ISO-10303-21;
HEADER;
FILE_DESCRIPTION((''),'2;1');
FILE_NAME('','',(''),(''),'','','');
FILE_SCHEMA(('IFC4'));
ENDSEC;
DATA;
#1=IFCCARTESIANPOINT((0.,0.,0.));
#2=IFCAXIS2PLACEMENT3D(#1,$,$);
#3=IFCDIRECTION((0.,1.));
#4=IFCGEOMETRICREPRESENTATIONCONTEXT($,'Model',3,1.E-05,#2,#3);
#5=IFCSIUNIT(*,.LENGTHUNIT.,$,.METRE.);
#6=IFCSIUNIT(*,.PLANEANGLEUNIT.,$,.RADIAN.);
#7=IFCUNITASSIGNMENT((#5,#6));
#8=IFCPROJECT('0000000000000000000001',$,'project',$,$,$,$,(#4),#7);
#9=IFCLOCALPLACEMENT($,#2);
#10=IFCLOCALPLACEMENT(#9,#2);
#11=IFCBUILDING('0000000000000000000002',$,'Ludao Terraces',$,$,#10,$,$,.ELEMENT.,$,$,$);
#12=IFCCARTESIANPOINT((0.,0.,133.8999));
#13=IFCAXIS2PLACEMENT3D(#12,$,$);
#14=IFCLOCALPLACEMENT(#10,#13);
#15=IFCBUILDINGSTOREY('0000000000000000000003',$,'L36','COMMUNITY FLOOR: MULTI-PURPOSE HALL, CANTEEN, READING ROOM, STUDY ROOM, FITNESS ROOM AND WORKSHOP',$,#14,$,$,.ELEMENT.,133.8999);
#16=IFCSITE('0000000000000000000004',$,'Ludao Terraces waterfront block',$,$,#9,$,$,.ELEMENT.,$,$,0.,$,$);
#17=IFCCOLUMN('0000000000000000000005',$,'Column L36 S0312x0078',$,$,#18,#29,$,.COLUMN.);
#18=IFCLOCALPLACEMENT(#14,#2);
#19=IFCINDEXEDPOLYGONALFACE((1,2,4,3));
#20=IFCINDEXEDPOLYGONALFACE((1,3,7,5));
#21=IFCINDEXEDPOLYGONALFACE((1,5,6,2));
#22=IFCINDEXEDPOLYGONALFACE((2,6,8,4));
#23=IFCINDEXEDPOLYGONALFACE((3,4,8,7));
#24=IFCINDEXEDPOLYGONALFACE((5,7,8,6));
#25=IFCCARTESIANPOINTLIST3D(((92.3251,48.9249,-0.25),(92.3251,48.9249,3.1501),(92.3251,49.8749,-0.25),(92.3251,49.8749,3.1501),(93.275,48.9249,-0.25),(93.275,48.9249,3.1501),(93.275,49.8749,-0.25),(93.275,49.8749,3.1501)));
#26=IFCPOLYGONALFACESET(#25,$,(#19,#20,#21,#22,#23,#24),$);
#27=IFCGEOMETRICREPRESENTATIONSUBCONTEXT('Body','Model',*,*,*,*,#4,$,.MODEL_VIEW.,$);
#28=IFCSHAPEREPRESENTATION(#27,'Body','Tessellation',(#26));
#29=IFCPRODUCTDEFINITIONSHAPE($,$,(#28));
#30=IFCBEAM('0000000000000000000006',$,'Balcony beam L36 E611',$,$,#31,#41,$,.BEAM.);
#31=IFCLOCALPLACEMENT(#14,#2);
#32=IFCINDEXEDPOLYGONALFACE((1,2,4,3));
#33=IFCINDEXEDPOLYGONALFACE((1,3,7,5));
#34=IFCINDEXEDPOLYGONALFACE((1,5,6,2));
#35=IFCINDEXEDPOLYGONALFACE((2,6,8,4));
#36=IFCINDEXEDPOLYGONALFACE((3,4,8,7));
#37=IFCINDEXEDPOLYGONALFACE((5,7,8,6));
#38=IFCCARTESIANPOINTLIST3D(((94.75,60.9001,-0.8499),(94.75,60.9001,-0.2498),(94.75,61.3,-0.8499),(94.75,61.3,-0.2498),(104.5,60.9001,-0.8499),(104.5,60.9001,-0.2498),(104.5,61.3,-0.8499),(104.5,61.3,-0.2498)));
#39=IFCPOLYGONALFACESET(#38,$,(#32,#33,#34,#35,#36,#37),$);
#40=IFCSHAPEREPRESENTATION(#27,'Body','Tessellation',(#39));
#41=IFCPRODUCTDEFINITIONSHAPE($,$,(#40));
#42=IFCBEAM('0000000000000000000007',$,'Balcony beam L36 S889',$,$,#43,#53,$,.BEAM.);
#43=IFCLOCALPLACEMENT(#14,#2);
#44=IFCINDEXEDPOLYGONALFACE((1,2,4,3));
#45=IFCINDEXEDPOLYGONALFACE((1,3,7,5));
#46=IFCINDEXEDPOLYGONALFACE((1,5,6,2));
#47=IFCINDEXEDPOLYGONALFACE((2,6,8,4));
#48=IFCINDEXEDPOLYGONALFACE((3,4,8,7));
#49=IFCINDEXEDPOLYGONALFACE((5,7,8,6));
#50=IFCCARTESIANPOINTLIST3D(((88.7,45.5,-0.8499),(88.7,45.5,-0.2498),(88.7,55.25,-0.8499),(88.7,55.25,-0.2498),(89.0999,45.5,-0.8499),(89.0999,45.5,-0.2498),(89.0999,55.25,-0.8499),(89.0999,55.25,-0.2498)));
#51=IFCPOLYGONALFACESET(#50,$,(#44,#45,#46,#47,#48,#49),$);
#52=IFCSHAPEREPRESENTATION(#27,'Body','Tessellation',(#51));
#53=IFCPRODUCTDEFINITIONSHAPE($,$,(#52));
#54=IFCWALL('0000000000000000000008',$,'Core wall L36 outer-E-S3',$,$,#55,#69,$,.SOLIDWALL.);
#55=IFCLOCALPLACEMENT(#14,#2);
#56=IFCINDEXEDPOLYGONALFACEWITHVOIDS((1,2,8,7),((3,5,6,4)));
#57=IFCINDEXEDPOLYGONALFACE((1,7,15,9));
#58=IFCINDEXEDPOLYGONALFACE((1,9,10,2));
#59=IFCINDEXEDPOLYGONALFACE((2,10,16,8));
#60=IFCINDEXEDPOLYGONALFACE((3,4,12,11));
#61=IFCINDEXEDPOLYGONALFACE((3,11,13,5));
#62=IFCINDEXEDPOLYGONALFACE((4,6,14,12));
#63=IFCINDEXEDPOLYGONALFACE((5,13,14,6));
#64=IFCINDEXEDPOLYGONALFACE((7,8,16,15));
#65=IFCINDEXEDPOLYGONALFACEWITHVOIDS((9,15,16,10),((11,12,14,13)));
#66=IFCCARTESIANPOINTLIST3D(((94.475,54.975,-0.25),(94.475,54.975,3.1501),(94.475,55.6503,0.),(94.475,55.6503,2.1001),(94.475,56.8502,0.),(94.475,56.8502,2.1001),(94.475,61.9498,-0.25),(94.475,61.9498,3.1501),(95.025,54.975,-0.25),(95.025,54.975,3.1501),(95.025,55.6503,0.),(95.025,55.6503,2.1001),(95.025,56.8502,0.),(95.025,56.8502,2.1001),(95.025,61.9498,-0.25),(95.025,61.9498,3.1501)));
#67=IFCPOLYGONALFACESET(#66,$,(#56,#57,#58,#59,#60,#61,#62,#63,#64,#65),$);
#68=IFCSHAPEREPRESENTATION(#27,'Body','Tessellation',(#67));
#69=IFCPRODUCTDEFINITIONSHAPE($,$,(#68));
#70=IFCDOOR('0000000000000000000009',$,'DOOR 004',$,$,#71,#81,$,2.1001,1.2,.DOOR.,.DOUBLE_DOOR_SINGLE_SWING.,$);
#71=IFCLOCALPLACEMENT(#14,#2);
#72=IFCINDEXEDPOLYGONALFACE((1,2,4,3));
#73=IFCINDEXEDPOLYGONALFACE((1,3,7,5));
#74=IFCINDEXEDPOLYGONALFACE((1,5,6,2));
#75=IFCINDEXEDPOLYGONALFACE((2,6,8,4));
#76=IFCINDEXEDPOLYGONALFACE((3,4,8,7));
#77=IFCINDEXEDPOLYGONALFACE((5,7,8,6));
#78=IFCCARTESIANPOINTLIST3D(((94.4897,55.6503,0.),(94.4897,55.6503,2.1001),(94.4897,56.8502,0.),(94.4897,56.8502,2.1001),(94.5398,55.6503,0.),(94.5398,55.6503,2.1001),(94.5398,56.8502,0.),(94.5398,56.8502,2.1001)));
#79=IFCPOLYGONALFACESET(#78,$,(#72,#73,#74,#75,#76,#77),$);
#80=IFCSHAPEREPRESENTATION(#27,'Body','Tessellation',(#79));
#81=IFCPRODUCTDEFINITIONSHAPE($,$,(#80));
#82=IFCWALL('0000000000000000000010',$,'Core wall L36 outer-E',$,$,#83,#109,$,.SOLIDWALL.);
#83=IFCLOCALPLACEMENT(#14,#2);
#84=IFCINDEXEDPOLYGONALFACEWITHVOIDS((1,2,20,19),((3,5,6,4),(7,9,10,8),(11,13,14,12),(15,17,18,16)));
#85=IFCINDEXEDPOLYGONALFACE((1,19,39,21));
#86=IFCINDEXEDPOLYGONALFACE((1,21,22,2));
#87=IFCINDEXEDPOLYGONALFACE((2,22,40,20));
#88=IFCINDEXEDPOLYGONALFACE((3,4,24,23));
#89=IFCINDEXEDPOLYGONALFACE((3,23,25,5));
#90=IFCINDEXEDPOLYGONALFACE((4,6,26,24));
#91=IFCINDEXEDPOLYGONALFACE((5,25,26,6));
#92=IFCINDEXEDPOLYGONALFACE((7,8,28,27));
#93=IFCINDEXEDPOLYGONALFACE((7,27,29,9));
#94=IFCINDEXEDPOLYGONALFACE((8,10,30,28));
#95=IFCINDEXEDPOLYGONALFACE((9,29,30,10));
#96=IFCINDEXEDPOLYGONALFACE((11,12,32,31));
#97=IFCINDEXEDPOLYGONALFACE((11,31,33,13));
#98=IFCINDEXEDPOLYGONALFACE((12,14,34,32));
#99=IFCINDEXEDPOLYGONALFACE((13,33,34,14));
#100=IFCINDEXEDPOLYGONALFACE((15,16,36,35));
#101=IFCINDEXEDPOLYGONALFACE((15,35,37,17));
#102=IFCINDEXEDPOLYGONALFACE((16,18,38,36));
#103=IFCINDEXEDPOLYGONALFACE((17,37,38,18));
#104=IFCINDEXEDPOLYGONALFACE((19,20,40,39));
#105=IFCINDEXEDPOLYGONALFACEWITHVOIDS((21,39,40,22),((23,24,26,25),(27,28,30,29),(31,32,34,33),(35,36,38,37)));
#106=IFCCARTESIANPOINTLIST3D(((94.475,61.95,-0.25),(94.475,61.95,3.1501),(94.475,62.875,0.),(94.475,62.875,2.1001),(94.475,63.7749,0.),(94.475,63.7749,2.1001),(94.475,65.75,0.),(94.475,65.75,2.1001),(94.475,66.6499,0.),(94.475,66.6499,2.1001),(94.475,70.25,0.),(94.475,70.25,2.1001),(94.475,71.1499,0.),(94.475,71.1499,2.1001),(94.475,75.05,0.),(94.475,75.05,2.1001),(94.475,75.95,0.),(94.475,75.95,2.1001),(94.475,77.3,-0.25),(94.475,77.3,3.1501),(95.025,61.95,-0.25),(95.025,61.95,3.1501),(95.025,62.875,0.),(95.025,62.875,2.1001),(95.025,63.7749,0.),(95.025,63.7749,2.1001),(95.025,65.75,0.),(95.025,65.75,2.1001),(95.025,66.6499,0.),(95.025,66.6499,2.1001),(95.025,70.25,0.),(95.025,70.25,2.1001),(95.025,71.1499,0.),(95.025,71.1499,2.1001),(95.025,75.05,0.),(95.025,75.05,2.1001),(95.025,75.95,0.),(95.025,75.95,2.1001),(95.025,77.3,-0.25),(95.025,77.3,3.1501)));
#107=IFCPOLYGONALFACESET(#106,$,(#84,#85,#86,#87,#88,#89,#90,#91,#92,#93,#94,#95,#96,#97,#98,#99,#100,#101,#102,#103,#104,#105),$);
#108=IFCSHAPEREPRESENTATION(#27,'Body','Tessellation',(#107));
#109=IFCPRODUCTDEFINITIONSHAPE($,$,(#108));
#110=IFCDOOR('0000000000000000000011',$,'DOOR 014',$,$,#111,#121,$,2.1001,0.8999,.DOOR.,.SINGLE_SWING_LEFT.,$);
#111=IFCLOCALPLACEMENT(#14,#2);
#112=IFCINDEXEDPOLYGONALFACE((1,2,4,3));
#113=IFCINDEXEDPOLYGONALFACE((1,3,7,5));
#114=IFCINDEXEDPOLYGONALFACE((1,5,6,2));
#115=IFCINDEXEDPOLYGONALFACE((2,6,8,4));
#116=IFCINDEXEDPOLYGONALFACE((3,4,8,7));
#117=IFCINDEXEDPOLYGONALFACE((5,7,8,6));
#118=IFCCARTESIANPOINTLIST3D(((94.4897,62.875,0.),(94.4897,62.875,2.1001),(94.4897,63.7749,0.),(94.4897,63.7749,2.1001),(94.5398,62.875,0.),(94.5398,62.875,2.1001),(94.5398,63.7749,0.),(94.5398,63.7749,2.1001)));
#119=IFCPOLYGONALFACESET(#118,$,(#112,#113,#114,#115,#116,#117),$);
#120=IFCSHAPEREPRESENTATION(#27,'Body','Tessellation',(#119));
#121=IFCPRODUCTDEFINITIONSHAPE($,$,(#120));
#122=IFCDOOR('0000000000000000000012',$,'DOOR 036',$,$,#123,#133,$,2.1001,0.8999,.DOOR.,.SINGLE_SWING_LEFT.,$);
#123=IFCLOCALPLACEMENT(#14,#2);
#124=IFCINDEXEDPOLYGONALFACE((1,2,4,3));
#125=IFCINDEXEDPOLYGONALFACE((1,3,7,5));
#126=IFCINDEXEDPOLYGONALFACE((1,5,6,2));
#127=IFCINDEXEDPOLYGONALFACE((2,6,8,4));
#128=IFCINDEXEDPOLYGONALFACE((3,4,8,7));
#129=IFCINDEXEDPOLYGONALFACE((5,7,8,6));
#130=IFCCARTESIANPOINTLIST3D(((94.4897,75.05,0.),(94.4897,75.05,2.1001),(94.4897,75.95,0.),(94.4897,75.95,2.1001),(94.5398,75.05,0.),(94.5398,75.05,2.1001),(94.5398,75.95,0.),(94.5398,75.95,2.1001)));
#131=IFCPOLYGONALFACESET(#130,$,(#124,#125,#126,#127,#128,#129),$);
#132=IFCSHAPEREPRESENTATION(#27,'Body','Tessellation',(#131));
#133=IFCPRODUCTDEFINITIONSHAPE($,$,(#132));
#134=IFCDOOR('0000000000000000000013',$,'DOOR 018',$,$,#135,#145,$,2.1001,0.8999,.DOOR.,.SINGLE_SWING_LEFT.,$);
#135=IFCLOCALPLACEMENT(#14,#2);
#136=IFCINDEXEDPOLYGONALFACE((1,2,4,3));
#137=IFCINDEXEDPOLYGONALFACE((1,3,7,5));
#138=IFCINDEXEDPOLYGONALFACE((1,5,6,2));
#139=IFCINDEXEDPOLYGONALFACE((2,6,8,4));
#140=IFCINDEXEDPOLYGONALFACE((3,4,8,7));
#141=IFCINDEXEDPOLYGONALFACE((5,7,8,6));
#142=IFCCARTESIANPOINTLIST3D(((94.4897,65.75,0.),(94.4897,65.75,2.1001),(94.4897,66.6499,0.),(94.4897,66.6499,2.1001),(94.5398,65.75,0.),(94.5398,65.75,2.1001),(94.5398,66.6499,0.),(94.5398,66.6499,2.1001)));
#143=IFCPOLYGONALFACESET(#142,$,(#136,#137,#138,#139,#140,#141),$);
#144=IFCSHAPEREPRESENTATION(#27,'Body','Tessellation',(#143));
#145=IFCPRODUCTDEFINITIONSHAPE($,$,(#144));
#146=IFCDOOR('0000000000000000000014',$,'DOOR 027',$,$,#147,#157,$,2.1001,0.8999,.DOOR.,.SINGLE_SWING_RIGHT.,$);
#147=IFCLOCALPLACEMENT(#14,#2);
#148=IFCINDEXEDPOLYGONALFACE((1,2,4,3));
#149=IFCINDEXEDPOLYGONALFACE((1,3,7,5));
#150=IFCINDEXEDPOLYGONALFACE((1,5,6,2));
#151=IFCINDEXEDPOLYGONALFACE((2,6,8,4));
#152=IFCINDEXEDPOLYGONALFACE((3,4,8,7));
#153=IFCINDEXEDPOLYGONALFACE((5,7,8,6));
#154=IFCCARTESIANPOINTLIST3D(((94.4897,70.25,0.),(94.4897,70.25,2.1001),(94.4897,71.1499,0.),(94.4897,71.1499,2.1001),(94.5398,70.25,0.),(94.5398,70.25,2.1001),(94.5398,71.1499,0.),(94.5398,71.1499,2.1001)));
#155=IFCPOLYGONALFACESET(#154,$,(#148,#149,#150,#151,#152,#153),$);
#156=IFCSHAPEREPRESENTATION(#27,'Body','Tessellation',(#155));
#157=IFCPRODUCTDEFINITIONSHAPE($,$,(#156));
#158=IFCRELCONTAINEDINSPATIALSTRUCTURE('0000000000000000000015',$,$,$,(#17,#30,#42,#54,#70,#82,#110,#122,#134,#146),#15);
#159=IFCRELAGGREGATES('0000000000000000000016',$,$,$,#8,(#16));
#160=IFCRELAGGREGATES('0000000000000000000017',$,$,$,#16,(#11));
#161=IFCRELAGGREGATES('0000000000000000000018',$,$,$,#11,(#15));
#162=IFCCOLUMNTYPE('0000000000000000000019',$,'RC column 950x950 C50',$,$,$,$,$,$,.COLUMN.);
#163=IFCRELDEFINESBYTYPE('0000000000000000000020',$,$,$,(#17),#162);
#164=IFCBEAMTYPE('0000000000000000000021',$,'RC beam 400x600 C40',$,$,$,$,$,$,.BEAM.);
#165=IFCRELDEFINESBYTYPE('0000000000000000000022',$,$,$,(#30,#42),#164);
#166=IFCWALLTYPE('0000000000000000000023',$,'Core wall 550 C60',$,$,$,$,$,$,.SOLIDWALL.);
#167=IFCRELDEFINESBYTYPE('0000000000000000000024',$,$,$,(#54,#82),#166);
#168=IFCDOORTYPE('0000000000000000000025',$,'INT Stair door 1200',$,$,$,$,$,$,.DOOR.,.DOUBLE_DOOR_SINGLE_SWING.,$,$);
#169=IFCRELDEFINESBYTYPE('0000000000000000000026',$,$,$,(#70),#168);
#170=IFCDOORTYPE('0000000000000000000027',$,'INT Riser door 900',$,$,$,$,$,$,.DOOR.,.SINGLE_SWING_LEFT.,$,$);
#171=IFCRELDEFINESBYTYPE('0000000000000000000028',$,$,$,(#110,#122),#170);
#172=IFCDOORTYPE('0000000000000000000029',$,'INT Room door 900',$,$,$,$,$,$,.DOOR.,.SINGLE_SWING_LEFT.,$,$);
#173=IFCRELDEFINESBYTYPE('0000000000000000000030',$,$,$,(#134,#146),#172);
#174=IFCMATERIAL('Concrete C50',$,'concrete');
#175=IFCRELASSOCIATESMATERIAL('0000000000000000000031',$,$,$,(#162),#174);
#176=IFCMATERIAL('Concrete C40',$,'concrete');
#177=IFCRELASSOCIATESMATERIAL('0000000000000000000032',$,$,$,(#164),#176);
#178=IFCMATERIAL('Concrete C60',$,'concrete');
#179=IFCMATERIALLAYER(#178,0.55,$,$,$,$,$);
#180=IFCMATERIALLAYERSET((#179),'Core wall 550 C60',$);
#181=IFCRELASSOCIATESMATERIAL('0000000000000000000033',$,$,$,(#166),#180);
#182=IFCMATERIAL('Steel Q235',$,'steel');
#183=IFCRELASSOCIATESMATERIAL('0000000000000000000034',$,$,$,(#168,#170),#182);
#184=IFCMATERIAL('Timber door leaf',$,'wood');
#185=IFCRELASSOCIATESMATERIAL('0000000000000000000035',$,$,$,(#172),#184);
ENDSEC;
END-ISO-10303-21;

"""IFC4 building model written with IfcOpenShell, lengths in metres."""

from ifc_helpers import new_model, si_unit, direction, frame, frame_2d, origin, origin_2d, place, context, subcontext, project, spatial, rectangle, extrude, material, layer, layer_set, material_profile, profile_set, type_object, element, fill, save


model = new_model("IFC4")

# Units and contexts
model_context = context("Model", 3, precision=1e-05, world=origin(), true_north=direction((0.0, 1.0)))
body_context = subcontext(model_context, "Body", "Model", "MODEL_VIEW")
ifc_project = project(units=[si_unit("LENGTHUNIT", "METRE"), si_unit("PLANEANGLEUNIT", "RADIAN")], contexts=[model_context])

# Site, building, storey
site_placement = place(None, origin())
site = spatial("IfcSite", under=ifc_project, at=site_placement, Name="Ludao Terraces waterfront block", CompositionType="ELEMENT", RefElevation=0.0)
building_placement = place(site_placement, origin())
building = spatial("IfcBuilding", under=site, at=building_placement, Name="Ludao Terraces", CompositionType="ELEMENT")
storey_placement = place(building_placement, frame((0.0, 0.0, 133.8999)))
storey = spatial("IfcBuildingStorey", under=building, at=storey_placement, Name="L36", Description="COMMUNITY FLOOR: MULTI-PURPOSE HALL, CANTEEN, READING ROOM, STUDY ROOM, FITNESS ROOM AND WORKSHOP", CompositionType="ELEMENT", Elevation=133.8999)

# Column
ifc_material_1 = material(Name="Concrete C50", Category="concrete")
ifc_material_profile_1 = material_profile(ifc_material_1, rectangle(XDim=0.95, YDim=0.95, at=origin_2d()), Name="950 X 950")
ifc_profile_set_1 = profile_set([ifc_material_profile_1], Name="Concrete C50")
column_type = type_object("IfcColumnType", Name="RC column 950x950 C50", PredefinedType="COLUMN", material=ifc_profile_set_1)
column_placement = place(storey_placement, frame((92.8, 49.3999, -0.25), z_axis=(0.0, 0.0, 1.0), x_axis=(1.0, 0.0, 0.0)))
element("IfcColumn", 1, at=column_placement, inside=storey, type_object=column_type, Name="Column L36 S0312x0078", PredefinedType="COLUMN", context=body_context, shape_type="SweptSolid", body=[
    extrude(rectangle(XDim=0.95, YDim=0.95, at=origin_2d()), origin(), (0.0, 0.0, 1.0), 3.4001),
])

# Beams
ifc_material_2 = material(Name="Concrete C40", Category="concrete")
ifc_material_profile_2 = material_profile(ifc_material_2, rectangle(XDim=0.3999, YDim=0.6001, at=origin_2d()), Name="400 X 600")
ifc_profile_set_2 = profile_set([ifc_material_profile_2], Name="Concrete C40")
beam_type = type_object("IfcBeamType", Name="RC beam 400x600 C40", PredefinedType="BEAM", material=ifc_profile_set_2)
for number, where, z_axis, x_axis, name in (
    (2, (94.75, 61.1001, -0.5498), (1.0, 0.0, 0.0), (0.0, 1.0, 0.0), "Balcony beam L36 E611"),
    (3, (88.8999, 55.25, -0.5498), (0.0, -1.0, 0.0), (1.0, 0.0, 0.0), "Balcony beam L36 S889"),
):
    element("IfcBeam", number, at=place(storey_placement, frame(where, z_axis=z_axis, x_axis=x_axis)), inside=storey, type_object=beam_type, Name=name, PredefinedType="BEAM", context=body_context, shape_type="SweptSolid", body=[
        extrude(rectangle(XDim=0.3999, YDim=0.6001, at=origin_2d()), origin(), (0.0, 0.0, 1.0), 9.75),
    ])

# Wall, opening, door
ifc_material_3 = material(Name="Concrete C60", Category="concrete")
ifc_layer_1 = layer(ifc_material_3, 0.55)
ifc_layer_set_1 = layer_set([ifc_layer_1], Name="Core wall 550 C60")
wall_type_1 = type_object("IfcWallType", Name="Core wall 550 C60", PredefinedType="SOLIDWALL", material=ifc_layer_set_1)
wall_1_placement = place(storey_placement, frame((94.75, 54.9751, -0.25), z_axis=(0.0, 0.0, 1.0), x_axis=(0.0, 1.0, 0.0)))
wall_1 = element("IfcWall", 4, at=wall_1_placement, inside=storey, type_object=wall_type_1, Name="Core wall L36 outer-E-S3", PredefinedType="SOLIDWALL", context=body_context, shape_type="SweptSolid", body=[
    extrude(rectangle(XDim=6.9749, YDim=0.55, at=frame_2d((3.4873, 0.0))), origin(), (0.0, 0.0, 1.0), 3.4001),
])
opening_1_placement = place(wall_1_placement, frame((0.675, 0.0, 0.25)))
opening_1 = element("IfcOpeningElement", 5, at=opening_1_placement, cuts=wall_1, PredefinedType="OPENING", context=body_context, shape_type="SweptSolid", body=[
    extrude(rectangle(XDim=1.2, YDim=2.1001, at=frame_2d((0.6001, 1.05))), frame((0.0, 0.2852, 0.0), z_axis=(0.0, -1.0, 0.0), x_axis=(1.0, 0.0, 0.0)), (0.0, 0.0, 1.0), 0.5701),
])
ifc_material_4 = material(Name="Steel Q235", Category="steel")
door_type_1 = type_object("IfcDoorType", Name="INT Stair door 1200", OperationType="DOUBLE_DOOR_SINGLE_SWING", PredefinedType="DOOR", material=ifc_material_4)
door_1_placement = place(opening_1_placement, origin())
door_1 = element("IfcDoor", 6, at=door_1_placement, inside=storey, type_object=door_type_1, Name="DOOR 004", OperationType="DOUBLE_DOOR_SINGLE_SWING", OverallHeight=2.1001, OverallWidth=1.2, PredefinedType="DOOR", context=body_context, shape_type="SweptSolid", body=[
    extrude(rectangle(XDim=1.2, YDim=2.1001, at=frame_2d((0.6001, 1.05))), frame((0.0, 0.2603, 0.0), z_axis=(0.0, -1.0, 0.0), x_axis=(1.0, 0.0, 0.0)), (0.0, 0.0, 1.0), 0.05),
])
fill(opening_1, door_1)

# Wall, openings, doors
wall_2_placement = place(storey_placement, frame((94.75, 61.95, -0.25), z_axis=(0.0, 0.0, 1.0), x_axis=(0.0, 1.0, 0.0)))
wall_2 = element("IfcWall", 7, at=wall_2_placement, inside=storey, type_object=wall_type_1, Name="Core wall L36 outer-E", PredefinedType="SOLIDWALL", context=body_context, shape_type="SweptSolid", body=[
    extrude(rectangle(XDim=15.3501, YDim=0.55, at=frame_2d((7.675, 0.0))), origin(), (0.0, 0.0, 1.0), 3.4001),
])
opening_2_placement = place(wall_2_placement, frame((0.925, 0.0, 0.25)))
opening_2 = element("IfcOpeningElement", 8, at=opening_2_placement, cuts=wall_2, PredefinedType="OPENING", context=body_context, shape_type="SweptSolid", body=[
    extrude(rectangle(XDim=0.8999, YDim=2.1001, at=frame_2d((0.45, 1.05))), frame((0.0, 0.2852, 0.0), z_axis=(0.0, -1.0, 0.0), x_axis=(1.0, 0.0, 0.0)), (0.0, 0.0, 1.0), 0.5701),
])
opening_3_placement = place(wall_2_placement, frame((3.8, 0.0, 0.25)))
opening_3 = element("IfcOpeningElement", 9, at=opening_3_placement, cuts=wall_2, PredefinedType="OPENING", context=body_context, shape_type="SweptSolid", body=[
    extrude(rectangle(XDim=0.8999, YDim=2.1001, at=frame_2d((0.45, 1.05))), frame((0.0, 0.2852, 0.0), z_axis=(0.0, -1.0, 0.0), x_axis=(1.0, 0.0, 0.0)), (0.0, 0.0, 1.0), 0.5701),
])
opening_4_placement = place(wall_2_placement, frame((8.3, 0.0, 0.25)))
opening_4 = element("IfcOpeningElement", 10, at=opening_4_placement, cuts=wall_2, PredefinedType="OPENING", context=body_context, shape_type="SweptSolid", body=[
    extrude(rectangle(XDim=0.8999, YDim=2.1001, at=frame_2d((0.45, 1.05))), frame((0.0, 0.2852, 0.0), z_axis=(0.0, -1.0, 0.0), x_axis=(1.0, 0.0, 0.0)), (0.0, 0.0, 1.0), 0.5701),
])
opening_5_placement = place(wall_2_placement, frame((13.1001, 0.0, 0.25)))
opening_5 = element("IfcOpeningElement", 11, at=opening_5_placement, cuts=wall_2, PredefinedType="OPENING", context=body_context, shape_type="SweptSolid", body=[
    extrude(rectangle(XDim=0.8999, YDim=2.1001, at=frame_2d((0.45, 1.05))), frame((0.0, 0.2852, 0.0), z_axis=(0.0, -1.0, 0.0), x_axis=(1.0, 0.0, 0.0)), (0.0, 0.0, 1.0), 0.5701),
])
door_type_2 = type_object("IfcDoorType", Name="INT Riser door 900", OperationType="SINGLE_SWING_LEFT", PredefinedType="DOOR", material=ifc_material_4)
door_2_placement = place(opening_2_placement, origin())
door_2 = element("IfcDoor", 12, at=door_2_placement, inside=storey, type_object=door_type_2, Name="DOOR 014", OperationType="SINGLE_SWING_LEFT", OverallHeight=2.1001, OverallWidth=0.8999, PredefinedType="DOOR", context=body_context, shape_type="SweptSolid", body=[
    extrude(rectangle(XDim=0.8999, YDim=2.1001, at=frame_2d((0.45, 1.05))), frame((0.0, 0.2603, 0.0), z_axis=(0.0, -1.0, 0.0), x_axis=(1.0, 0.0, 0.0)), (0.0, 0.0, 1.0), 0.05),
])
fill(opening_2, door_2)
door_3_placement = place(opening_5_placement, origin())
door_3 = element("IfcDoor", 13, at=door_3_placement, inside=storey, type_object=door_type_2, Name="DOOR 036", OperationType="SINGLE_SWING_LEFT", OverallHeight=2.1001, OverallWidth=0.8999, PredefinedType="DOOR", context=body_context, shape_type="SweptSolid", body=[
    extrude(rectangle(XDim=0.8999, YDim=2.1001, at=frame_2d((0.45, 1.05))), frame((0.0, 0.2603, 0.0), z_axis=(0.0, -1.0, 0.0), x_axis=(1.0, 0.0, 0.0)), (0.0, 0.0, 1.0), 0.05),
])
fill(opening_5, door_3)
ifc_material_5 = material(Name="Timber door leaf", Category="wood")
door_type_3 = type_object("IfcDoorType", Name="INT Room door 900", OperationType="SINGLE_SWING_LEFT", PredefinedType="DOOR", material=ifc_material_5)
door_4_placement = place(opening_3_placement, origin())
door_4 = element("IfcDoor", 14, at=door_4_placement, inside=storey, type_object=door_type_3, Name="DOOR 018", OperationType="SINGLE_SWING_LEFT", OverallHeight=2.1001, OverallWidth=0.8999, PredefinedType="DOOR", context=body_context, shape_type="SweptSolid", body=[
    extrude(rectangle(XDim=0.8999, YDim=2.1001, at=frame_2d((0.45, 1.05))), frame((0.0, 0.2603, 0.0), z_axis=(0.0, -1.0, 0.0), x_axis=(1.0, 0.0, 0.0)), (0.0, 0.0, 1.0), 0.05),
])
fill(opening_3, door_4)
door_5_placement = place(opening_4_placement, origin())
door_5 = element("IfcDoor", 15, at=door_5_placement, inside=storey, type_object=door_type_3, Name="DOOR 027", OperationType="SINGLE_SWING_RIGHT", OverallHeight=2.1001, OverallWidth=0.8999, PredefinedType="DOOR", context=body_context, shape_type="SweptSolid", body=[
    extrude(rectangle(XDim=0.8999, YDim=2.1001, at=frame_2d((0.45, 1.05))), frame((0.0, 0.2603, 0.0), z_axis=(0.0, -1.0, 0.0), x_axis=(1.0, 0.0, 0.0)), (0.0, 0.0, 1.0), 0.05),
])
fill(opening_4, door_5)

save(model, "model.ifc")
